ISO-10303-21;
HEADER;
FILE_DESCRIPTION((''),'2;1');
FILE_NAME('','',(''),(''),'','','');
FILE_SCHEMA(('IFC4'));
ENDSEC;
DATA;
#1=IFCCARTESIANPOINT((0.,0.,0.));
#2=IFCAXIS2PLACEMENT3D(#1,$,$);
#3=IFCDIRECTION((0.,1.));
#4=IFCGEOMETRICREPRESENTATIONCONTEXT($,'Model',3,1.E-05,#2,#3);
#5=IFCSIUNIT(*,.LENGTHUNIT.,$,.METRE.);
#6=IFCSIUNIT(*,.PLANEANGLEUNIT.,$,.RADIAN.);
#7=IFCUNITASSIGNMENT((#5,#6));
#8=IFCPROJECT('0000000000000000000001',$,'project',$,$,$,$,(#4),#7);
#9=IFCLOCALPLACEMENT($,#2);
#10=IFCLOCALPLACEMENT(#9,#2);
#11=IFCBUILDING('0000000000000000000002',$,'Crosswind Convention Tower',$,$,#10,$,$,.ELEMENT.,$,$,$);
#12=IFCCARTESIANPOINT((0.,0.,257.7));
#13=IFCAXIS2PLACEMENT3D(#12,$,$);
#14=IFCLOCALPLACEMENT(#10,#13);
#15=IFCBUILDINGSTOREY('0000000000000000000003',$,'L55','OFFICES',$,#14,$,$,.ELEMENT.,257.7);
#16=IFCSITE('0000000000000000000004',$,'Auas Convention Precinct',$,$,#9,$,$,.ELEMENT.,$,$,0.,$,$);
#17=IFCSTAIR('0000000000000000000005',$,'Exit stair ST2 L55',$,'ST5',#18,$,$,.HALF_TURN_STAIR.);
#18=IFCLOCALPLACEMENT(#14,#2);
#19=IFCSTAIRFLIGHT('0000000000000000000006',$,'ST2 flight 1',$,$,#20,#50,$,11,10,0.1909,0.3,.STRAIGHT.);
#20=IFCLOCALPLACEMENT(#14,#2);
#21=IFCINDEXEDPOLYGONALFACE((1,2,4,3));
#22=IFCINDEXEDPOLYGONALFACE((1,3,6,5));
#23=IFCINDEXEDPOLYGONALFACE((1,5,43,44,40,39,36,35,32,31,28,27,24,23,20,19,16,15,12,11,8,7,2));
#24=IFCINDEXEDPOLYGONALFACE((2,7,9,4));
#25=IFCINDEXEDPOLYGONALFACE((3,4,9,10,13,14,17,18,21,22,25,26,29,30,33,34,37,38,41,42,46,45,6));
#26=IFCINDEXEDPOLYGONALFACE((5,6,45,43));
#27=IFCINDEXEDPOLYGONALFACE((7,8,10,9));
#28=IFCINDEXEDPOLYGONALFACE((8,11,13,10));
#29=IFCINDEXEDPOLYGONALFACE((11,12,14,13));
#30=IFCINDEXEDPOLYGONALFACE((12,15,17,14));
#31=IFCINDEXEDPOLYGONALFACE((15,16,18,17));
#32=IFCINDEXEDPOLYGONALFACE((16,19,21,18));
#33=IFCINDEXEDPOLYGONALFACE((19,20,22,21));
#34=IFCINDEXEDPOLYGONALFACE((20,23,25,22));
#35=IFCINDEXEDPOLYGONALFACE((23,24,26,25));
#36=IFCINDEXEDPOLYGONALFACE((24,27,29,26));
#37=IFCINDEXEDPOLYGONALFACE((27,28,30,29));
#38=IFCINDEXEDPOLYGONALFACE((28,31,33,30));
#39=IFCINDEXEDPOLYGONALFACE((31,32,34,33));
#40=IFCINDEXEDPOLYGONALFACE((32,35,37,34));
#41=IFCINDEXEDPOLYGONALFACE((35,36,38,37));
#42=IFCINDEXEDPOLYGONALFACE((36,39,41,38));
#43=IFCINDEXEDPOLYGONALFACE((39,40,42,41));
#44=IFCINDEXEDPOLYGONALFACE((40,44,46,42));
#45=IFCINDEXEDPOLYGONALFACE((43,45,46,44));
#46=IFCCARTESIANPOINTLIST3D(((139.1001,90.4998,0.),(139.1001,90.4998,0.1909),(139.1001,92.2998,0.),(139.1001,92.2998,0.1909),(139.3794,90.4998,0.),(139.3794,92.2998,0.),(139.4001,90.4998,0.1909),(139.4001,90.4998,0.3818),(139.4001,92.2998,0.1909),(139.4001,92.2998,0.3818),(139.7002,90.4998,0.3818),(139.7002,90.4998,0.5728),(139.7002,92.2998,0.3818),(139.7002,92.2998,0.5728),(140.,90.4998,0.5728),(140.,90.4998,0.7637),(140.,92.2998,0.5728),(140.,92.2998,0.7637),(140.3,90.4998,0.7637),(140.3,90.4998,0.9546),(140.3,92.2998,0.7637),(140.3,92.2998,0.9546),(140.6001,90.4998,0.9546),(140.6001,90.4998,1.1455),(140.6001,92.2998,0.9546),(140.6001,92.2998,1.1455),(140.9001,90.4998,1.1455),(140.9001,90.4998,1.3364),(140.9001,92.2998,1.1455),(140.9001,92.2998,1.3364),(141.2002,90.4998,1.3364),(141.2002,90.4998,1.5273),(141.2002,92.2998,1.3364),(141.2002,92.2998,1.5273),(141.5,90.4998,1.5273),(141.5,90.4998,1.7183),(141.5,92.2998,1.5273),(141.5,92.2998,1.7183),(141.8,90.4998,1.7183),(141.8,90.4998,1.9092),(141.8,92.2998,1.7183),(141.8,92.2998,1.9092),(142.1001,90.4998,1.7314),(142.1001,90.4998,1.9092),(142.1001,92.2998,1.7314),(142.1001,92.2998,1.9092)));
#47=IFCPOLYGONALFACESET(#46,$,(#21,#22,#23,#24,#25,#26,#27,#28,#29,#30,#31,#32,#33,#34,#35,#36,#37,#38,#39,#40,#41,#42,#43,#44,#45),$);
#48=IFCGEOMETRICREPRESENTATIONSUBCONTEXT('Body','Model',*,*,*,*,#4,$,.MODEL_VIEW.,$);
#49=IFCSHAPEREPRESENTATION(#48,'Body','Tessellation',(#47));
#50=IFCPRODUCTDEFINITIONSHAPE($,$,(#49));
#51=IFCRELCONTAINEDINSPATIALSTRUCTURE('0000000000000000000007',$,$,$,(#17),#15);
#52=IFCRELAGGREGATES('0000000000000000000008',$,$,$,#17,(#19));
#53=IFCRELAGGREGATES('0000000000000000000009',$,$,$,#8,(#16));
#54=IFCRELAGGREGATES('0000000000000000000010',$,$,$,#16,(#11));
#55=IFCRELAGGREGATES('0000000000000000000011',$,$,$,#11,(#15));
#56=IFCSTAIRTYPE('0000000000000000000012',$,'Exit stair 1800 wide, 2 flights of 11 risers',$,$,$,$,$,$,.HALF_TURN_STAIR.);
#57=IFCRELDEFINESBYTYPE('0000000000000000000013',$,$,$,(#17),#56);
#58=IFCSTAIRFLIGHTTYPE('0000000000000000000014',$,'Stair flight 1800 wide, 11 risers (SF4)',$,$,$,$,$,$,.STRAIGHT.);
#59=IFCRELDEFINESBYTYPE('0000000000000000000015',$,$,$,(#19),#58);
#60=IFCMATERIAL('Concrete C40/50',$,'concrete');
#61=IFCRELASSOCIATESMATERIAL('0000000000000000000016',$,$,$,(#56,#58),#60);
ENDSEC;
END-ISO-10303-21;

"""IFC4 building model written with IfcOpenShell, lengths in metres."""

from ifc_helpers import new_model, si_unit, direction, frame, origin, place, context, subcontext, project, spatial, polyline, outline, extrude, material, type_object, element, aggregate, save


model = new_model("IFC4")

# Units and contexts
model_context = context("Model", 3, precision=1e-05, world=origin(), true_north=direction((0.0, 1.0)))
body_context = subcontext(model_context, "Body", "Model", "MODEL_VIEW")
ifc_project = project(units=[si_unit("LENGTHUNIT", "METRE"), si_unit("PLANEANGLEUNIT", "RADIAN")], contexts=[model_context])

# Site, building, storey
site_placement = place(None, origin())
site = spatial("IfcSite", under=ifc_project, at=site_placement, Name="Auas Convention Precinct", CompositionType="ELEMENT", RefElevation=0.0)
building_placement = place(site_placement, origin())
building = spatial("IfcBuilding", under=site, at=building_placement, Name="Crosswind Convention Tower", CompositionType="ELEMENT")
storey_placement = place(building_placement, frame((0.0, 0.0, 257.7)))
storey = spatial("IfcBuildingStorey", under=building, at=storey_placement, Name="L55", Description="OFFICES", CompositionType="ELEMENT", Elevation=257.7)

# Stair, stair flight
ifc_material_1 = material(Name="Concrete C40/50", Category="concrete")
stair_type = type_object("IfcStairType", Name="Exit stair 1800 wide, 2 flights of 11 risers", PredefinedType="HALF_TURN_STAIR", material=ifc_material_1)
stair_placement = place(storey_placement, origin())
stair = element("IfcStair", 1, at=stair_placement, inside=storey, type_object=stair_type, Name="Exit stair ST2 L55", ObjectType="ST5", PredefinedType="HALF_TURN_STAIR")
stair_flight_type = type_object("IfcStairFlightType", Name="Stair flight 1800 wide, 11 risers (SF4)", PredefinedType="STRAIGHT", material=ifc_material_1)
stair_flight_placement = place(storey_placement, frame((139.1001, 91.3999, 0.0), z_axis=(0.0, 0.0, 1.0), x_axis=(1.0, 0.0, 0.0)))
stair_flight = element("IfcStairFlight", 2, at=stair_flight_placement, type_object=stair_flight_type, Name="ST2 flight 1", NumberOfRisers=11, NumberOfTreads=10, PredefinedType="STRAIGHT", RiserHeight=0.1909, TreadLength=0.3, context=body_context, shape_type="SweptSolid", body=[
    extrude(outline(polyline([(0.0, 0.0), (0.0, 0.1909), (0.3, 0.1909), (0.3, 0.3818), (0.6001, 0.3818), (0.6001, 0.5728), (0.8999, 0.5728), (0.8999, 0.7637), (1.2, 0.7637), (1.2, 0.9546), (1.5, 0.9546), (1.5, 1.1455), (1.8, 1.1455), (1.8, 1.3364), (2.1001, 1.3364), (2.1001, 1.5273), (2.3999, 1.5273), (2.3999, 1.7183), (2.7, 1.7183), (2.7, 1.9092), (3.0, 1.9092), (3.0, 2.1001), (3.0, 1.7314), (0.2793, 0.0), (0.0, 0.0)])), frame((0.0, 0.8999, 0.0), z_axis=(0.0, -1.0, 0.0), x_axis=(1.0, 0.0, 0.0)), (0.0, 0.0, 1.0), 1.8),
])
aggregate(stair, [stair_flight])

save(model, "model.ifc")
